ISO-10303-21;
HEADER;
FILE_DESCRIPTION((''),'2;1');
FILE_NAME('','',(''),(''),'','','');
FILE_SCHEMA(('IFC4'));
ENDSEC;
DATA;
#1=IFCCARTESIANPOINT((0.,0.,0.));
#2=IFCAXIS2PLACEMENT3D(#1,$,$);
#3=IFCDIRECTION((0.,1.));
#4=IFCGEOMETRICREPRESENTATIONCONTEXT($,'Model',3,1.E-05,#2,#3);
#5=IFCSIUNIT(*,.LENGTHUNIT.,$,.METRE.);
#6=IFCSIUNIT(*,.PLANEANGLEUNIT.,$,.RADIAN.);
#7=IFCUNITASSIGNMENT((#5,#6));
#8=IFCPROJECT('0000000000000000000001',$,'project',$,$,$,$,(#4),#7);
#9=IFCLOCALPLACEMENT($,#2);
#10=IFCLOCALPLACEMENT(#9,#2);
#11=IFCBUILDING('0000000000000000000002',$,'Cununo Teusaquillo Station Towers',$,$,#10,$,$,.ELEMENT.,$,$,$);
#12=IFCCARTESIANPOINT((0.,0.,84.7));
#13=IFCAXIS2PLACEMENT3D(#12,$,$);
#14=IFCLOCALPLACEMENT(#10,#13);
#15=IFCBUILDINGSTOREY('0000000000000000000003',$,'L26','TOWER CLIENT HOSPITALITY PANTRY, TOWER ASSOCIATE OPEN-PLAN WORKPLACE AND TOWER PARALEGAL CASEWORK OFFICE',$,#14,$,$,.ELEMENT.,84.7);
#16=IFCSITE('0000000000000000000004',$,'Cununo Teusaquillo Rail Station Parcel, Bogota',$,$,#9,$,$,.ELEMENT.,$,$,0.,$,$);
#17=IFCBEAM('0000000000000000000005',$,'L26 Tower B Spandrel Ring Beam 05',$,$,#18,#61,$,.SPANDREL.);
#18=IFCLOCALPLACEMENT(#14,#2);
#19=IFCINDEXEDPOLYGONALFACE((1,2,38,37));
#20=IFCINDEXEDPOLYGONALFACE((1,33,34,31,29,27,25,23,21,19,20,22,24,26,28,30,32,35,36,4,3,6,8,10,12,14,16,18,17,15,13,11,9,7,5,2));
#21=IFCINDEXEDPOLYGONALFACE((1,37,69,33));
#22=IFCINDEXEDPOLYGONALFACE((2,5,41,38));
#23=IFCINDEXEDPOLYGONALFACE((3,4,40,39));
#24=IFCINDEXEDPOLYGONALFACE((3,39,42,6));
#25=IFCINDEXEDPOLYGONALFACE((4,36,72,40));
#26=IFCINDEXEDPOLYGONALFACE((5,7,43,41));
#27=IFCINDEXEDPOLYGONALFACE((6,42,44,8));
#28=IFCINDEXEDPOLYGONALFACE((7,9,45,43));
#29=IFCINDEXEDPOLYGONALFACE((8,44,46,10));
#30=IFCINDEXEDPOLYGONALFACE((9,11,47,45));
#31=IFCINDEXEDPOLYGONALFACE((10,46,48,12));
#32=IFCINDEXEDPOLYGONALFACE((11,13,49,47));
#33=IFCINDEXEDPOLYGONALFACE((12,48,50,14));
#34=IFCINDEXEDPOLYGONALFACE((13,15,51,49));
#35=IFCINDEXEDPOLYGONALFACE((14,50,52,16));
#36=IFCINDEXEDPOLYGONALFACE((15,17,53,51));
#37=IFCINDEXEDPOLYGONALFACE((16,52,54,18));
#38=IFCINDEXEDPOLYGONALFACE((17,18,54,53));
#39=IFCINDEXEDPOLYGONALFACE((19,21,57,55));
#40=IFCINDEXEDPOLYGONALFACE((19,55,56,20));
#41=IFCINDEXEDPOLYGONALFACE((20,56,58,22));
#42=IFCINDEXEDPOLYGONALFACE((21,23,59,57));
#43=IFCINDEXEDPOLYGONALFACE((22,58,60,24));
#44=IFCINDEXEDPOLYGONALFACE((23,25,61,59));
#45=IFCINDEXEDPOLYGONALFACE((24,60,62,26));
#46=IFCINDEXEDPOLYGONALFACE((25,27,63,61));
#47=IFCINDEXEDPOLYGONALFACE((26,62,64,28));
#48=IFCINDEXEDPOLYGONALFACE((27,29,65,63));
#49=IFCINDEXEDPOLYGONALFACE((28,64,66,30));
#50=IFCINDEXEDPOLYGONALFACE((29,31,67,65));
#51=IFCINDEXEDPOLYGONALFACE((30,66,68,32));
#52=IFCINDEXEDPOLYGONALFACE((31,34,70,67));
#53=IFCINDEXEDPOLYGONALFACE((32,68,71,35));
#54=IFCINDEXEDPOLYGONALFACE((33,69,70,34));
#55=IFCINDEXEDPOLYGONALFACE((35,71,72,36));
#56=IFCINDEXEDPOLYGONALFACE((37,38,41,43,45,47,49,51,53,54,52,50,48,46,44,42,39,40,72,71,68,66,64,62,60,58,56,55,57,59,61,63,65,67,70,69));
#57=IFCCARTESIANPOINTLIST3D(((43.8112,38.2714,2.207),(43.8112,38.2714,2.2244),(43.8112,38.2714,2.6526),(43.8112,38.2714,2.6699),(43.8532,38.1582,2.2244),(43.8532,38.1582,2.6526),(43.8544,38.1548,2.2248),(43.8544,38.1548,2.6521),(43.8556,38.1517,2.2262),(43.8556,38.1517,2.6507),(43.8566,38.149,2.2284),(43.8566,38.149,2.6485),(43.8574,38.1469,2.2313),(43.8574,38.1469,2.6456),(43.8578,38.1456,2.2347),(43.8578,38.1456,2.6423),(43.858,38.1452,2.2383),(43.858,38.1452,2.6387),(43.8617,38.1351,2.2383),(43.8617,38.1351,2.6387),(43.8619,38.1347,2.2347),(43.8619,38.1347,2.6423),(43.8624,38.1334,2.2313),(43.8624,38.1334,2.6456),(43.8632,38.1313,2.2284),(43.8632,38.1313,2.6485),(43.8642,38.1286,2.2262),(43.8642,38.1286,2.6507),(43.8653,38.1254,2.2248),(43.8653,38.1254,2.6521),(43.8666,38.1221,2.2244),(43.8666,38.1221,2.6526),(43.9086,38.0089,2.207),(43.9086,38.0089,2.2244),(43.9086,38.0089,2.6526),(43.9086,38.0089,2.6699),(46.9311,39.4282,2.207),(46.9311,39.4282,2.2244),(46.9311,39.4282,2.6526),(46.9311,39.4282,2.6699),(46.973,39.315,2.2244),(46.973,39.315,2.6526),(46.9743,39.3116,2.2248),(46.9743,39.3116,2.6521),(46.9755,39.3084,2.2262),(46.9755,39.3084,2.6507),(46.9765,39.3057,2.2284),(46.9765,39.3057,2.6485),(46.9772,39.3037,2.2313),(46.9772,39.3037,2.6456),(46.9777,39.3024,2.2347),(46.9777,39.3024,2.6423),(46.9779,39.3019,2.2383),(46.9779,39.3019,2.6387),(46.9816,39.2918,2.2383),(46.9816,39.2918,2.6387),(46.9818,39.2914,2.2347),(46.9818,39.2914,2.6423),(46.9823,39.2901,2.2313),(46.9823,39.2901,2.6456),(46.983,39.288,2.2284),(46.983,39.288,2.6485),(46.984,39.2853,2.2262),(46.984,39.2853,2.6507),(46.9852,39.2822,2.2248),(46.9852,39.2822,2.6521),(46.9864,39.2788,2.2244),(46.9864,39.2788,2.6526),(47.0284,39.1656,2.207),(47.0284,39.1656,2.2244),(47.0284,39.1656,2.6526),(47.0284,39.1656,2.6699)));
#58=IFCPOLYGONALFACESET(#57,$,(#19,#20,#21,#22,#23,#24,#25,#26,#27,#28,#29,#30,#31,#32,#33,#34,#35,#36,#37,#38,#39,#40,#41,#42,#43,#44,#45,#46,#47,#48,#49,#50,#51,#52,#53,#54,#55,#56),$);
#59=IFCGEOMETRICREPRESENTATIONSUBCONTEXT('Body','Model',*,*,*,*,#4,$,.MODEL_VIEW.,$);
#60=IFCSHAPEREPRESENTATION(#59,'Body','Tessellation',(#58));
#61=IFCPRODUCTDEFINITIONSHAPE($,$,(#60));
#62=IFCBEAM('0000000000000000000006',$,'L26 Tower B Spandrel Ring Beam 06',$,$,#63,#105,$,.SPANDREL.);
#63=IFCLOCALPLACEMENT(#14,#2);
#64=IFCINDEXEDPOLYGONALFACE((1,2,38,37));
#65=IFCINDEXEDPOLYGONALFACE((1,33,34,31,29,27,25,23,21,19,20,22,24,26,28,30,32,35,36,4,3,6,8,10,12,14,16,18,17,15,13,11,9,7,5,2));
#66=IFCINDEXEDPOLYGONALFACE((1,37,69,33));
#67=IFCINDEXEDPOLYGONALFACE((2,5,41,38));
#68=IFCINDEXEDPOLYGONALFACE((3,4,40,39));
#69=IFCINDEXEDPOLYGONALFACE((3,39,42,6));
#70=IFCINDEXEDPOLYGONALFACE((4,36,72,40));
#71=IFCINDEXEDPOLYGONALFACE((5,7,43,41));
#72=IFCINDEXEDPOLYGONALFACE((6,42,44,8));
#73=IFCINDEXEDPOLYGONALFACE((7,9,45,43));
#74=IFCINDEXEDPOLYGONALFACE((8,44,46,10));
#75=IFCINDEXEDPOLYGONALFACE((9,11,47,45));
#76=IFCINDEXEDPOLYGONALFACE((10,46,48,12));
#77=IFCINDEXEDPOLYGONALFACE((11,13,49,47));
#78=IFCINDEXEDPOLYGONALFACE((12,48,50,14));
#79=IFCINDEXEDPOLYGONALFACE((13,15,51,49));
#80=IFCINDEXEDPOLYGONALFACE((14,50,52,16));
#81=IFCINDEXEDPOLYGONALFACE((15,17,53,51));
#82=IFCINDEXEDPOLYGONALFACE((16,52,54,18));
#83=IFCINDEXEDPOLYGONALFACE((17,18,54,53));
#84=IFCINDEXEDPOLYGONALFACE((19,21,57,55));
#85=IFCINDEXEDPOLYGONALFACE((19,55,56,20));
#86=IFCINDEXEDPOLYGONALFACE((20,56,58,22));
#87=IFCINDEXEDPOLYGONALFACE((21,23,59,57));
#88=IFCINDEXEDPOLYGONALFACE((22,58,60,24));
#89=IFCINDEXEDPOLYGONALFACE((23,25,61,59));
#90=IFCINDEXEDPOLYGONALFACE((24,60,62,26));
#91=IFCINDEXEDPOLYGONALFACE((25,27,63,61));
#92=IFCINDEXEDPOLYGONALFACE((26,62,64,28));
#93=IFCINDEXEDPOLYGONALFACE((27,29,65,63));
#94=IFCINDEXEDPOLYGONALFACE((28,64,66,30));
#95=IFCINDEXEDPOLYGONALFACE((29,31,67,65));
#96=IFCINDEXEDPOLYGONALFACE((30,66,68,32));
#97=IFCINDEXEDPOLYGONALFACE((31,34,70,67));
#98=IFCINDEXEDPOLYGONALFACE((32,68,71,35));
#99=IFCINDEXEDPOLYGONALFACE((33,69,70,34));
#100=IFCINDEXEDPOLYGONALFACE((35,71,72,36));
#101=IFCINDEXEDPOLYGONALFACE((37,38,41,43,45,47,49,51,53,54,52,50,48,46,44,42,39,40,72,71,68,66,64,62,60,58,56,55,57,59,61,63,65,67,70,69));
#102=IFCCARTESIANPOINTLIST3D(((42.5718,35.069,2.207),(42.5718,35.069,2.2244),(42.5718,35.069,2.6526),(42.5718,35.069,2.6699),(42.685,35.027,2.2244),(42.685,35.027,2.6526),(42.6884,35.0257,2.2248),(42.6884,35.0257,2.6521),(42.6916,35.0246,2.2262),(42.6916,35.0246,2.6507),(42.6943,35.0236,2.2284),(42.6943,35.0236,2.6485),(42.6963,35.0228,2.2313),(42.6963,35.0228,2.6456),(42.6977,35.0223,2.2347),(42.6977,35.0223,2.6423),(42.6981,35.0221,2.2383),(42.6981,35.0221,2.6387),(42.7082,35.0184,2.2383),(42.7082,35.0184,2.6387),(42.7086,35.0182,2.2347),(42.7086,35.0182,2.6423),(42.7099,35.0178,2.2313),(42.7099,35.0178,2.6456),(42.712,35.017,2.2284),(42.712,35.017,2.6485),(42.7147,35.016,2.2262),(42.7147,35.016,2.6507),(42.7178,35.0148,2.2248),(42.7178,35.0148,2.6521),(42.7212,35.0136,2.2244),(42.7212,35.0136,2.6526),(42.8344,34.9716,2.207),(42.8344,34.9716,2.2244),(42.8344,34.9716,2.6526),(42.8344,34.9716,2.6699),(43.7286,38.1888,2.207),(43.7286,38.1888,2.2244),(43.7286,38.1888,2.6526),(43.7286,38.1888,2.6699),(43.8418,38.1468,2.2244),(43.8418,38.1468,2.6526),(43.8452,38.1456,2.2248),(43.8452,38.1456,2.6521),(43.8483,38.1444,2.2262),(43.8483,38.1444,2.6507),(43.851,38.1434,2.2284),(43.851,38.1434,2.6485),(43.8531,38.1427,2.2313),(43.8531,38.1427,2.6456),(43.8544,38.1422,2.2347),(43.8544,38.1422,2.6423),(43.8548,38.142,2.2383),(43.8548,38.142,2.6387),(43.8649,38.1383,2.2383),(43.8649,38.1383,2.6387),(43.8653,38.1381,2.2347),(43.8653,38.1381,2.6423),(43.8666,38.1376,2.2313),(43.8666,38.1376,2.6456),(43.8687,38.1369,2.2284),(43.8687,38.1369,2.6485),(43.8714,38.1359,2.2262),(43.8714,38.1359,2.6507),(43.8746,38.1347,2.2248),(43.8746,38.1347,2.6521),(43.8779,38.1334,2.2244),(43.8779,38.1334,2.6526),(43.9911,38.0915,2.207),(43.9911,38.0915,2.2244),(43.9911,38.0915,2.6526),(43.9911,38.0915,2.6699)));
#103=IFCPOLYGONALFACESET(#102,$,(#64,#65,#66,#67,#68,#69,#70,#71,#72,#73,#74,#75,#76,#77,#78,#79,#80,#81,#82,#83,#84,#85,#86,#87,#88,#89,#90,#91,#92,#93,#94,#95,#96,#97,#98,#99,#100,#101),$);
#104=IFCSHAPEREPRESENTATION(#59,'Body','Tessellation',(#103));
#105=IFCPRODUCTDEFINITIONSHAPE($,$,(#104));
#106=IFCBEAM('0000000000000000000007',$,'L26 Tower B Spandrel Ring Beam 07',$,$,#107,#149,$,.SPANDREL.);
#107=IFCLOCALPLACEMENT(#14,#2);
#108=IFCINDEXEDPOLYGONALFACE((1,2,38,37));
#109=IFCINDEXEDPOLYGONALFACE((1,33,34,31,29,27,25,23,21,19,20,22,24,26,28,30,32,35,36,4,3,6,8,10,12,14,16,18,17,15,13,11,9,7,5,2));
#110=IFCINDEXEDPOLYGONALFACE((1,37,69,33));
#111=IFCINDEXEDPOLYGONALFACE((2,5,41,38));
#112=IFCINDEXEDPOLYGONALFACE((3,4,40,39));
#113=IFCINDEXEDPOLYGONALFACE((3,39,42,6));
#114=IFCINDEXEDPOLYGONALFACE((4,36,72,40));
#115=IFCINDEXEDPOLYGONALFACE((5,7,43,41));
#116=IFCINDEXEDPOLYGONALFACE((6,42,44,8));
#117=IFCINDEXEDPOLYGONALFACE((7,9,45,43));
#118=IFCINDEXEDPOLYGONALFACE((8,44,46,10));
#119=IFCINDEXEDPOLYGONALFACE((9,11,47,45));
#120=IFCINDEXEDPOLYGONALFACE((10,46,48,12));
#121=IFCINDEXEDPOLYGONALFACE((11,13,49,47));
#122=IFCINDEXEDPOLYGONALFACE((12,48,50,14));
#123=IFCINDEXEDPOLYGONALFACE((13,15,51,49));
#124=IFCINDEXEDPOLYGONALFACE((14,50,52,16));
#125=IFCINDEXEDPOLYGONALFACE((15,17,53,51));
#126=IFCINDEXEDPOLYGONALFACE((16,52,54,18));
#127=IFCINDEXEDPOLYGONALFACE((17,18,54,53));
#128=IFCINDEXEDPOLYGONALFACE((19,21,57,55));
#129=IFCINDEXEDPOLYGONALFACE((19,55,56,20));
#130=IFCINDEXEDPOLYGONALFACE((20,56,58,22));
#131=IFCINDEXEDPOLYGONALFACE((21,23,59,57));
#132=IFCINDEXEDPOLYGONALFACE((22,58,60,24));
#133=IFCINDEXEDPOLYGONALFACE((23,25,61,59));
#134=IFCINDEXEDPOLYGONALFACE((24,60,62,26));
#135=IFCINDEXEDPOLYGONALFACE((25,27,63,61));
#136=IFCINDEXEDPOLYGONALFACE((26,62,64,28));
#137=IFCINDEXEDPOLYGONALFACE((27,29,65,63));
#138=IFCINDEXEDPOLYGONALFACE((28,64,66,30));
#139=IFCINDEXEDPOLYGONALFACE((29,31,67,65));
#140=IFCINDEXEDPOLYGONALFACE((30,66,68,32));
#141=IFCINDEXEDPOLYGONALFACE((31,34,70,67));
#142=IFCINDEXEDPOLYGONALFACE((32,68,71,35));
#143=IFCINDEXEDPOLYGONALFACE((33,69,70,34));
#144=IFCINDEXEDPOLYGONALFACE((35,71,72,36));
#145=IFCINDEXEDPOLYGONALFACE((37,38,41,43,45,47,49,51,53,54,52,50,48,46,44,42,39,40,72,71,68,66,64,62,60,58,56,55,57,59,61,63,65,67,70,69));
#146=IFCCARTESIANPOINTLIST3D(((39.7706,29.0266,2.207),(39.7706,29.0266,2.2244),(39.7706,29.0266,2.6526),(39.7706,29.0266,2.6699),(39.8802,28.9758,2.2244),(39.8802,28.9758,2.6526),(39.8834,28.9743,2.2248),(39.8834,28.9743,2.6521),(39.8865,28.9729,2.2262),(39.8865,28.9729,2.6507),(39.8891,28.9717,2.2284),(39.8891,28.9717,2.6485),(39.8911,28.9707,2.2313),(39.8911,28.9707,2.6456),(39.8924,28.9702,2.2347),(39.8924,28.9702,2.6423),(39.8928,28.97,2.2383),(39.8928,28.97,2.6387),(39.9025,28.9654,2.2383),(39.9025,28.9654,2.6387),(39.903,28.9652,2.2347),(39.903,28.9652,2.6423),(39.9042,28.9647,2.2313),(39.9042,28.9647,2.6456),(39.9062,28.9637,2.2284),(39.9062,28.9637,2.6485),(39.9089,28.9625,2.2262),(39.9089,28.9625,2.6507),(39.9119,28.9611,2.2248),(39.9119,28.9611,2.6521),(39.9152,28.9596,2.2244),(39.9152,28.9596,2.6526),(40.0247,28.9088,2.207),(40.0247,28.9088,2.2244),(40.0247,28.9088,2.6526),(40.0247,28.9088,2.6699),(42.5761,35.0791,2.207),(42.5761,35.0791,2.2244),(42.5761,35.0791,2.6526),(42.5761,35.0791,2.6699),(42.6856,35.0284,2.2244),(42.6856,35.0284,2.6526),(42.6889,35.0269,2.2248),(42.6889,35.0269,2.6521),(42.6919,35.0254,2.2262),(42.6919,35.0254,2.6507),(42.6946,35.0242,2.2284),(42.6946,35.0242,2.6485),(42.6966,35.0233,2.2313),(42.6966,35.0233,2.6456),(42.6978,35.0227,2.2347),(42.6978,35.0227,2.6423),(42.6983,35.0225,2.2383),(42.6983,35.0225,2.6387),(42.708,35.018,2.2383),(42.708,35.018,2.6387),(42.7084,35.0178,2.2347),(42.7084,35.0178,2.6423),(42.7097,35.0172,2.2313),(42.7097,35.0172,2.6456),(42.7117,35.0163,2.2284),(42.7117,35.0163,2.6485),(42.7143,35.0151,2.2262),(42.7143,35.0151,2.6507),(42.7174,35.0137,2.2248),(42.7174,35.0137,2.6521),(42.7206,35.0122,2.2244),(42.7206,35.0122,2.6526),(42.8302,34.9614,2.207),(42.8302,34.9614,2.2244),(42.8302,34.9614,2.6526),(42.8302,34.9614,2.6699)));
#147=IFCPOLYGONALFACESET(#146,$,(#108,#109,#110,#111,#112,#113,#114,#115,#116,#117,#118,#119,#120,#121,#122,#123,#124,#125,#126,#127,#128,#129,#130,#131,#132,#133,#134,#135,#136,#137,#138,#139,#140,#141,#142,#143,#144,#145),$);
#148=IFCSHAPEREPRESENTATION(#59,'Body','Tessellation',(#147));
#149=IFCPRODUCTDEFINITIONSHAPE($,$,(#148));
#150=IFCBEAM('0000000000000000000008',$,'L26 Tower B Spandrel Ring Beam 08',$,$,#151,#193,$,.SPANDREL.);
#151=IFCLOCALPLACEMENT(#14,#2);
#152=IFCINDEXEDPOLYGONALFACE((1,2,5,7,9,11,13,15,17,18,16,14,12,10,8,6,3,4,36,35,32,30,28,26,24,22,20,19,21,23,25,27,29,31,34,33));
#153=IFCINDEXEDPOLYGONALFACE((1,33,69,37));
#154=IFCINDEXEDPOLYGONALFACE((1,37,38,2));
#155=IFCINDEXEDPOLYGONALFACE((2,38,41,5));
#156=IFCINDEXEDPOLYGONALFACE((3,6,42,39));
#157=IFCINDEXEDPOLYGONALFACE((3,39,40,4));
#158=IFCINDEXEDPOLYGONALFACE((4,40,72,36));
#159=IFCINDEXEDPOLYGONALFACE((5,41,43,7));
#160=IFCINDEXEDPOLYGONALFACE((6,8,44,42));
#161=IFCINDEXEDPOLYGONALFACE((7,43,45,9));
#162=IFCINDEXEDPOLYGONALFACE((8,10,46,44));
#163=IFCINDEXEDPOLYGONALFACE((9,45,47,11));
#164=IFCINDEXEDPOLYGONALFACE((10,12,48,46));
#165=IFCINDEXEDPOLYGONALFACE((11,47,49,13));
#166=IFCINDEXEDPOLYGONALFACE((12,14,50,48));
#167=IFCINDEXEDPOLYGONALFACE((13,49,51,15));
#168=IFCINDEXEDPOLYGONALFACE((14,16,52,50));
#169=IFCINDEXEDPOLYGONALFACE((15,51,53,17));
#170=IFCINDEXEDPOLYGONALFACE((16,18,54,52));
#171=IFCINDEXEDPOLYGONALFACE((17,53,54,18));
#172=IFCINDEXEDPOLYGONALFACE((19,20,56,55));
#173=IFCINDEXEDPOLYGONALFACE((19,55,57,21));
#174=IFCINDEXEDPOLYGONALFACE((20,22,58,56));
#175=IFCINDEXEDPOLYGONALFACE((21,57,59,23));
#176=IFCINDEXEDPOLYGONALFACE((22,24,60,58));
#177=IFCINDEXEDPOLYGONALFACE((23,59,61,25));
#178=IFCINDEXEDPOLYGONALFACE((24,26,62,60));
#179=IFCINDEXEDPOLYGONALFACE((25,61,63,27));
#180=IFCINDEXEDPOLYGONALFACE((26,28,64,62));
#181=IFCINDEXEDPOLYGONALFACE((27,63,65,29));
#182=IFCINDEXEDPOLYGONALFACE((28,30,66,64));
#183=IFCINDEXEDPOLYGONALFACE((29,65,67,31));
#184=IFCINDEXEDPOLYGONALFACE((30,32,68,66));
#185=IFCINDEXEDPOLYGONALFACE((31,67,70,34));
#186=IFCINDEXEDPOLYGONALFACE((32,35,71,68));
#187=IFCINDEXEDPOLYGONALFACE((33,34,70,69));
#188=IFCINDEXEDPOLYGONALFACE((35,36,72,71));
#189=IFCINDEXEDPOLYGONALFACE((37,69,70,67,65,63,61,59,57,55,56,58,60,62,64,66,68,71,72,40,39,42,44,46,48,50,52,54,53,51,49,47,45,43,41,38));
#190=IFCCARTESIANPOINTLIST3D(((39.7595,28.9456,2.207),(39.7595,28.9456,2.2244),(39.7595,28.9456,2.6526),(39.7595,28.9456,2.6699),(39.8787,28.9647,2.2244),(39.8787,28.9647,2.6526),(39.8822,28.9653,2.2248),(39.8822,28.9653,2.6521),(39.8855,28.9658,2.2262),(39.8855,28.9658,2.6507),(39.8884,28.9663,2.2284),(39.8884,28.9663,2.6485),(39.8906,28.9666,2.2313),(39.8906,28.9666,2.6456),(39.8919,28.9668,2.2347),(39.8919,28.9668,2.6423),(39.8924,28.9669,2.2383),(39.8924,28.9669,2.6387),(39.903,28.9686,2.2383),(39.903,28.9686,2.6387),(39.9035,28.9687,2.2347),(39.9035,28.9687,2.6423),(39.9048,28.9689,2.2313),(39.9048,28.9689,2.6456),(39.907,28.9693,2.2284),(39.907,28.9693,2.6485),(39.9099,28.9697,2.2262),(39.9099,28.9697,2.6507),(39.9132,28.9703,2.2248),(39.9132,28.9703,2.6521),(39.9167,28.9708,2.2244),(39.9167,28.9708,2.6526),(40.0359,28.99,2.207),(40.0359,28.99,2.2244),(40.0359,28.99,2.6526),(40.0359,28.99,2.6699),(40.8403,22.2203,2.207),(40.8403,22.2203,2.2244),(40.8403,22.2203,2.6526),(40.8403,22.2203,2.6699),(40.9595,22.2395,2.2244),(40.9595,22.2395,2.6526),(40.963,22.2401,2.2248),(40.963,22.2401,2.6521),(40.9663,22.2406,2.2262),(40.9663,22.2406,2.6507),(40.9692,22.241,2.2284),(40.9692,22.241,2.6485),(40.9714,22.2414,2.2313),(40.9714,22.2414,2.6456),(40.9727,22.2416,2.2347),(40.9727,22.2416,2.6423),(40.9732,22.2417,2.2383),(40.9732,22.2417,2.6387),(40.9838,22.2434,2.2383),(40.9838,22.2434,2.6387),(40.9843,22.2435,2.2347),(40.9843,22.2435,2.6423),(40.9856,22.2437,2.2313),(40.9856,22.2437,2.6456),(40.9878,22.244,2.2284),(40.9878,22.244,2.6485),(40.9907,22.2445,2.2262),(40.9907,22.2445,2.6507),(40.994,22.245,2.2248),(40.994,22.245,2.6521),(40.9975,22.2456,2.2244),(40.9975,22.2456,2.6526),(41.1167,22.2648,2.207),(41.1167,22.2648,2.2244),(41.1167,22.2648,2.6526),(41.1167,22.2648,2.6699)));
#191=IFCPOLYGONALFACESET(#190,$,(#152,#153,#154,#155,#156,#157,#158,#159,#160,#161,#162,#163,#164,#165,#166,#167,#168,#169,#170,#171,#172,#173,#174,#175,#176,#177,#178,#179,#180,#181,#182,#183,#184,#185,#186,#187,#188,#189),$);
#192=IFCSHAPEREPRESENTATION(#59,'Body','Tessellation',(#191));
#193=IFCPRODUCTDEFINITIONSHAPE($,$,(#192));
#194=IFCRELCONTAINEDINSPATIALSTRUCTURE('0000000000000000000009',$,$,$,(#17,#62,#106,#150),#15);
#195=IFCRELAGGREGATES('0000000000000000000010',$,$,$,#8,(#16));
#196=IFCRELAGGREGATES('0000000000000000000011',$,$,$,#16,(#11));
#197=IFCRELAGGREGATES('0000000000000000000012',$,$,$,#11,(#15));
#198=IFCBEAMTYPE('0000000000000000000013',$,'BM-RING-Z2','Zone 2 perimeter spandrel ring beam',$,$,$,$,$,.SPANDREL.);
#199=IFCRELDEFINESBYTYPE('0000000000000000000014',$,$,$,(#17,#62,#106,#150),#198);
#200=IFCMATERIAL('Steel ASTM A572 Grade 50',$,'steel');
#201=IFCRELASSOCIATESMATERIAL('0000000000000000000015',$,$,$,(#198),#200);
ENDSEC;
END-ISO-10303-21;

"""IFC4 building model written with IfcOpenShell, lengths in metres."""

from ifc_helpers import new_model, si_unit, direction, frame, origin, origin_2d, place, context, subcontext, project, spatial, i_section, extrude, material, material_profile, profile_set, type_object, element, save


model = new_model("IFC4")

# Units and contexts
model_context = context("Model", 3, precision=1e-05, world=origin(), true_north=direction((0.0, 1.0)))
body_context = subcontext(model_context, "Body", "Model", "MODEL_VIEW")
ifc_project = project(units=[si_unit("LENGTHUNIT", "METRE"), si_unit("PLANEANGLEUNIT", "RADIAN")], contexts=[model_context])

# Site, building, storey
site_placement = place(None, origin())
site = spatial("IfcSite", under=ifc_project, at=site_placement, Name="Cununo Teusaquillo Rail Station Parcel, Bogota", CompositionType="ELEMENT", RefElevation=0.0)
building_placement = place(site_placement, origin())
building = spatial("IfcBuilding", under=site, at=building_placement, Name="Cununo Teusaquillo Station Towers", CompositionType="ELEMENT")
storey_placement = place(building_placement, frame((0.0, 0.0, 84.7)))
storey = spatial("IfcBuildingStorey", under=building, at=storey_placement, Name="L26", Description="TOWER CLIENT HOSPITALITY PANTRY, TOWER ASSOCIATE OPEN-PLAN WORKPLACE AND TOWER PARALEGAL CASEWORK OFFICE", CompositionType="ELEMENT", Elevation=84.7)

# Beams
ifc_material_1 = material(Name="Steel ASTM A572 Grade 50", Category="steel")
ifc_material_profile_1 = material_profile(ifc_material_1, i_section(OverallWidth=0.28, OverallDepth=0.4629, WebThickness=0.0107, FlangeThickness=0.0173, FilletRadius=0.0139, at=origin_2d()), Name="W18X76")
ifc_profile_set_1 = profile_set([ifc_material_profile_1], Name="Steel ASTM A572 Grade 50")
beam_type_1 = type_object("IfcBeamType", Name="BM-RING-Z2", Description="Zone 2 perimeter spandrel ring beam", PredefinedType="SPANDREL", material=ifc_profile_set_1)
for number, where, z_axis, x_axis, name in (
    (1, (46.9797, 39.2969, 2.4385), (-0.937628, -0.347639, 0.0), (0.347639, -0.937628, 0.0), "L26 Tower B Spandrel Ring Beam 05"),
    (2, (43.8599, 38.1401, 2.4385), (-0.347639, -0.937628, 0.0), (0.937628, -0.347639, 0.0), "L26 Tower B Spandrel Ring Beam 06"),
):
    element("IfcBeam", number, at=place(storey_placement, frame(where, z_axis=z_axis, x_axis=x_axis)), inside=storey, type_object=beam_type_1, Name=name, PredefinedType="SPANDREL", context=body_context, shape_type="SweptSolid", body=[
        extrude(i_section(OverallWidth=0.28, OverallDepth=0.4629, WebThickness=0.0107, FlangeThickness=0.0173, FilletRadius=0.0139, at=origin_2d()), origin(), (0.0, 0.0, 1.0), 3.3274),
    ])
beam_1_placement = place(storey_placement, frame((42.7031, 35.0203, 2.4385), z_axis=(-0.420536, -0.907276, 0.0), x_axis=(0.907276, -0.420536, 0.0)))
element("IfcBeam", 3, at=beam_1_placement, inside=storey, type_object=beam_type_1, Name="L26 Tower B Spandrel Ring Beam 07", PredefinedType="SPANDREL", context=body_context, shape_type="SweptSolid", body=[
    extrude(i_section(OverallWidth=0.28, OverallDepth=0.4629, WebThickness=0.0107, FlangeThickness=0.0173, FilletRadius=0.0139, at=origin_2d()), origin(), (0.0, 0.0, 1.0), 6.6711),
])
beam_2_placement = place(storey_placement, frame((39.8977, 28.9678, 2.4385), z_axis=(0.158671, -0.987331, 0.0), x_axis=(0.987331, 0.158671, 0.0)))
element("IfcBeam", 4, at=beam_2_placement, inside=storey, type_object=beam_type_1, Name="L26 Tower B Spandrel Ring Beam 08", PredefinedType="SPANDREL", context=body_context, shape_type="SweptSolid", body=[
    extrude(i_section(OverallWidth=0.28, OverallDepth=0.4629, WebThickness=0.0107, FlangeThickness=0.0173, FilletRadius=0.0139, at=origin_2d()), origin(), (0.0, 0.0, 1.0), 6.8115),
])

save(model, "model.ifc")
